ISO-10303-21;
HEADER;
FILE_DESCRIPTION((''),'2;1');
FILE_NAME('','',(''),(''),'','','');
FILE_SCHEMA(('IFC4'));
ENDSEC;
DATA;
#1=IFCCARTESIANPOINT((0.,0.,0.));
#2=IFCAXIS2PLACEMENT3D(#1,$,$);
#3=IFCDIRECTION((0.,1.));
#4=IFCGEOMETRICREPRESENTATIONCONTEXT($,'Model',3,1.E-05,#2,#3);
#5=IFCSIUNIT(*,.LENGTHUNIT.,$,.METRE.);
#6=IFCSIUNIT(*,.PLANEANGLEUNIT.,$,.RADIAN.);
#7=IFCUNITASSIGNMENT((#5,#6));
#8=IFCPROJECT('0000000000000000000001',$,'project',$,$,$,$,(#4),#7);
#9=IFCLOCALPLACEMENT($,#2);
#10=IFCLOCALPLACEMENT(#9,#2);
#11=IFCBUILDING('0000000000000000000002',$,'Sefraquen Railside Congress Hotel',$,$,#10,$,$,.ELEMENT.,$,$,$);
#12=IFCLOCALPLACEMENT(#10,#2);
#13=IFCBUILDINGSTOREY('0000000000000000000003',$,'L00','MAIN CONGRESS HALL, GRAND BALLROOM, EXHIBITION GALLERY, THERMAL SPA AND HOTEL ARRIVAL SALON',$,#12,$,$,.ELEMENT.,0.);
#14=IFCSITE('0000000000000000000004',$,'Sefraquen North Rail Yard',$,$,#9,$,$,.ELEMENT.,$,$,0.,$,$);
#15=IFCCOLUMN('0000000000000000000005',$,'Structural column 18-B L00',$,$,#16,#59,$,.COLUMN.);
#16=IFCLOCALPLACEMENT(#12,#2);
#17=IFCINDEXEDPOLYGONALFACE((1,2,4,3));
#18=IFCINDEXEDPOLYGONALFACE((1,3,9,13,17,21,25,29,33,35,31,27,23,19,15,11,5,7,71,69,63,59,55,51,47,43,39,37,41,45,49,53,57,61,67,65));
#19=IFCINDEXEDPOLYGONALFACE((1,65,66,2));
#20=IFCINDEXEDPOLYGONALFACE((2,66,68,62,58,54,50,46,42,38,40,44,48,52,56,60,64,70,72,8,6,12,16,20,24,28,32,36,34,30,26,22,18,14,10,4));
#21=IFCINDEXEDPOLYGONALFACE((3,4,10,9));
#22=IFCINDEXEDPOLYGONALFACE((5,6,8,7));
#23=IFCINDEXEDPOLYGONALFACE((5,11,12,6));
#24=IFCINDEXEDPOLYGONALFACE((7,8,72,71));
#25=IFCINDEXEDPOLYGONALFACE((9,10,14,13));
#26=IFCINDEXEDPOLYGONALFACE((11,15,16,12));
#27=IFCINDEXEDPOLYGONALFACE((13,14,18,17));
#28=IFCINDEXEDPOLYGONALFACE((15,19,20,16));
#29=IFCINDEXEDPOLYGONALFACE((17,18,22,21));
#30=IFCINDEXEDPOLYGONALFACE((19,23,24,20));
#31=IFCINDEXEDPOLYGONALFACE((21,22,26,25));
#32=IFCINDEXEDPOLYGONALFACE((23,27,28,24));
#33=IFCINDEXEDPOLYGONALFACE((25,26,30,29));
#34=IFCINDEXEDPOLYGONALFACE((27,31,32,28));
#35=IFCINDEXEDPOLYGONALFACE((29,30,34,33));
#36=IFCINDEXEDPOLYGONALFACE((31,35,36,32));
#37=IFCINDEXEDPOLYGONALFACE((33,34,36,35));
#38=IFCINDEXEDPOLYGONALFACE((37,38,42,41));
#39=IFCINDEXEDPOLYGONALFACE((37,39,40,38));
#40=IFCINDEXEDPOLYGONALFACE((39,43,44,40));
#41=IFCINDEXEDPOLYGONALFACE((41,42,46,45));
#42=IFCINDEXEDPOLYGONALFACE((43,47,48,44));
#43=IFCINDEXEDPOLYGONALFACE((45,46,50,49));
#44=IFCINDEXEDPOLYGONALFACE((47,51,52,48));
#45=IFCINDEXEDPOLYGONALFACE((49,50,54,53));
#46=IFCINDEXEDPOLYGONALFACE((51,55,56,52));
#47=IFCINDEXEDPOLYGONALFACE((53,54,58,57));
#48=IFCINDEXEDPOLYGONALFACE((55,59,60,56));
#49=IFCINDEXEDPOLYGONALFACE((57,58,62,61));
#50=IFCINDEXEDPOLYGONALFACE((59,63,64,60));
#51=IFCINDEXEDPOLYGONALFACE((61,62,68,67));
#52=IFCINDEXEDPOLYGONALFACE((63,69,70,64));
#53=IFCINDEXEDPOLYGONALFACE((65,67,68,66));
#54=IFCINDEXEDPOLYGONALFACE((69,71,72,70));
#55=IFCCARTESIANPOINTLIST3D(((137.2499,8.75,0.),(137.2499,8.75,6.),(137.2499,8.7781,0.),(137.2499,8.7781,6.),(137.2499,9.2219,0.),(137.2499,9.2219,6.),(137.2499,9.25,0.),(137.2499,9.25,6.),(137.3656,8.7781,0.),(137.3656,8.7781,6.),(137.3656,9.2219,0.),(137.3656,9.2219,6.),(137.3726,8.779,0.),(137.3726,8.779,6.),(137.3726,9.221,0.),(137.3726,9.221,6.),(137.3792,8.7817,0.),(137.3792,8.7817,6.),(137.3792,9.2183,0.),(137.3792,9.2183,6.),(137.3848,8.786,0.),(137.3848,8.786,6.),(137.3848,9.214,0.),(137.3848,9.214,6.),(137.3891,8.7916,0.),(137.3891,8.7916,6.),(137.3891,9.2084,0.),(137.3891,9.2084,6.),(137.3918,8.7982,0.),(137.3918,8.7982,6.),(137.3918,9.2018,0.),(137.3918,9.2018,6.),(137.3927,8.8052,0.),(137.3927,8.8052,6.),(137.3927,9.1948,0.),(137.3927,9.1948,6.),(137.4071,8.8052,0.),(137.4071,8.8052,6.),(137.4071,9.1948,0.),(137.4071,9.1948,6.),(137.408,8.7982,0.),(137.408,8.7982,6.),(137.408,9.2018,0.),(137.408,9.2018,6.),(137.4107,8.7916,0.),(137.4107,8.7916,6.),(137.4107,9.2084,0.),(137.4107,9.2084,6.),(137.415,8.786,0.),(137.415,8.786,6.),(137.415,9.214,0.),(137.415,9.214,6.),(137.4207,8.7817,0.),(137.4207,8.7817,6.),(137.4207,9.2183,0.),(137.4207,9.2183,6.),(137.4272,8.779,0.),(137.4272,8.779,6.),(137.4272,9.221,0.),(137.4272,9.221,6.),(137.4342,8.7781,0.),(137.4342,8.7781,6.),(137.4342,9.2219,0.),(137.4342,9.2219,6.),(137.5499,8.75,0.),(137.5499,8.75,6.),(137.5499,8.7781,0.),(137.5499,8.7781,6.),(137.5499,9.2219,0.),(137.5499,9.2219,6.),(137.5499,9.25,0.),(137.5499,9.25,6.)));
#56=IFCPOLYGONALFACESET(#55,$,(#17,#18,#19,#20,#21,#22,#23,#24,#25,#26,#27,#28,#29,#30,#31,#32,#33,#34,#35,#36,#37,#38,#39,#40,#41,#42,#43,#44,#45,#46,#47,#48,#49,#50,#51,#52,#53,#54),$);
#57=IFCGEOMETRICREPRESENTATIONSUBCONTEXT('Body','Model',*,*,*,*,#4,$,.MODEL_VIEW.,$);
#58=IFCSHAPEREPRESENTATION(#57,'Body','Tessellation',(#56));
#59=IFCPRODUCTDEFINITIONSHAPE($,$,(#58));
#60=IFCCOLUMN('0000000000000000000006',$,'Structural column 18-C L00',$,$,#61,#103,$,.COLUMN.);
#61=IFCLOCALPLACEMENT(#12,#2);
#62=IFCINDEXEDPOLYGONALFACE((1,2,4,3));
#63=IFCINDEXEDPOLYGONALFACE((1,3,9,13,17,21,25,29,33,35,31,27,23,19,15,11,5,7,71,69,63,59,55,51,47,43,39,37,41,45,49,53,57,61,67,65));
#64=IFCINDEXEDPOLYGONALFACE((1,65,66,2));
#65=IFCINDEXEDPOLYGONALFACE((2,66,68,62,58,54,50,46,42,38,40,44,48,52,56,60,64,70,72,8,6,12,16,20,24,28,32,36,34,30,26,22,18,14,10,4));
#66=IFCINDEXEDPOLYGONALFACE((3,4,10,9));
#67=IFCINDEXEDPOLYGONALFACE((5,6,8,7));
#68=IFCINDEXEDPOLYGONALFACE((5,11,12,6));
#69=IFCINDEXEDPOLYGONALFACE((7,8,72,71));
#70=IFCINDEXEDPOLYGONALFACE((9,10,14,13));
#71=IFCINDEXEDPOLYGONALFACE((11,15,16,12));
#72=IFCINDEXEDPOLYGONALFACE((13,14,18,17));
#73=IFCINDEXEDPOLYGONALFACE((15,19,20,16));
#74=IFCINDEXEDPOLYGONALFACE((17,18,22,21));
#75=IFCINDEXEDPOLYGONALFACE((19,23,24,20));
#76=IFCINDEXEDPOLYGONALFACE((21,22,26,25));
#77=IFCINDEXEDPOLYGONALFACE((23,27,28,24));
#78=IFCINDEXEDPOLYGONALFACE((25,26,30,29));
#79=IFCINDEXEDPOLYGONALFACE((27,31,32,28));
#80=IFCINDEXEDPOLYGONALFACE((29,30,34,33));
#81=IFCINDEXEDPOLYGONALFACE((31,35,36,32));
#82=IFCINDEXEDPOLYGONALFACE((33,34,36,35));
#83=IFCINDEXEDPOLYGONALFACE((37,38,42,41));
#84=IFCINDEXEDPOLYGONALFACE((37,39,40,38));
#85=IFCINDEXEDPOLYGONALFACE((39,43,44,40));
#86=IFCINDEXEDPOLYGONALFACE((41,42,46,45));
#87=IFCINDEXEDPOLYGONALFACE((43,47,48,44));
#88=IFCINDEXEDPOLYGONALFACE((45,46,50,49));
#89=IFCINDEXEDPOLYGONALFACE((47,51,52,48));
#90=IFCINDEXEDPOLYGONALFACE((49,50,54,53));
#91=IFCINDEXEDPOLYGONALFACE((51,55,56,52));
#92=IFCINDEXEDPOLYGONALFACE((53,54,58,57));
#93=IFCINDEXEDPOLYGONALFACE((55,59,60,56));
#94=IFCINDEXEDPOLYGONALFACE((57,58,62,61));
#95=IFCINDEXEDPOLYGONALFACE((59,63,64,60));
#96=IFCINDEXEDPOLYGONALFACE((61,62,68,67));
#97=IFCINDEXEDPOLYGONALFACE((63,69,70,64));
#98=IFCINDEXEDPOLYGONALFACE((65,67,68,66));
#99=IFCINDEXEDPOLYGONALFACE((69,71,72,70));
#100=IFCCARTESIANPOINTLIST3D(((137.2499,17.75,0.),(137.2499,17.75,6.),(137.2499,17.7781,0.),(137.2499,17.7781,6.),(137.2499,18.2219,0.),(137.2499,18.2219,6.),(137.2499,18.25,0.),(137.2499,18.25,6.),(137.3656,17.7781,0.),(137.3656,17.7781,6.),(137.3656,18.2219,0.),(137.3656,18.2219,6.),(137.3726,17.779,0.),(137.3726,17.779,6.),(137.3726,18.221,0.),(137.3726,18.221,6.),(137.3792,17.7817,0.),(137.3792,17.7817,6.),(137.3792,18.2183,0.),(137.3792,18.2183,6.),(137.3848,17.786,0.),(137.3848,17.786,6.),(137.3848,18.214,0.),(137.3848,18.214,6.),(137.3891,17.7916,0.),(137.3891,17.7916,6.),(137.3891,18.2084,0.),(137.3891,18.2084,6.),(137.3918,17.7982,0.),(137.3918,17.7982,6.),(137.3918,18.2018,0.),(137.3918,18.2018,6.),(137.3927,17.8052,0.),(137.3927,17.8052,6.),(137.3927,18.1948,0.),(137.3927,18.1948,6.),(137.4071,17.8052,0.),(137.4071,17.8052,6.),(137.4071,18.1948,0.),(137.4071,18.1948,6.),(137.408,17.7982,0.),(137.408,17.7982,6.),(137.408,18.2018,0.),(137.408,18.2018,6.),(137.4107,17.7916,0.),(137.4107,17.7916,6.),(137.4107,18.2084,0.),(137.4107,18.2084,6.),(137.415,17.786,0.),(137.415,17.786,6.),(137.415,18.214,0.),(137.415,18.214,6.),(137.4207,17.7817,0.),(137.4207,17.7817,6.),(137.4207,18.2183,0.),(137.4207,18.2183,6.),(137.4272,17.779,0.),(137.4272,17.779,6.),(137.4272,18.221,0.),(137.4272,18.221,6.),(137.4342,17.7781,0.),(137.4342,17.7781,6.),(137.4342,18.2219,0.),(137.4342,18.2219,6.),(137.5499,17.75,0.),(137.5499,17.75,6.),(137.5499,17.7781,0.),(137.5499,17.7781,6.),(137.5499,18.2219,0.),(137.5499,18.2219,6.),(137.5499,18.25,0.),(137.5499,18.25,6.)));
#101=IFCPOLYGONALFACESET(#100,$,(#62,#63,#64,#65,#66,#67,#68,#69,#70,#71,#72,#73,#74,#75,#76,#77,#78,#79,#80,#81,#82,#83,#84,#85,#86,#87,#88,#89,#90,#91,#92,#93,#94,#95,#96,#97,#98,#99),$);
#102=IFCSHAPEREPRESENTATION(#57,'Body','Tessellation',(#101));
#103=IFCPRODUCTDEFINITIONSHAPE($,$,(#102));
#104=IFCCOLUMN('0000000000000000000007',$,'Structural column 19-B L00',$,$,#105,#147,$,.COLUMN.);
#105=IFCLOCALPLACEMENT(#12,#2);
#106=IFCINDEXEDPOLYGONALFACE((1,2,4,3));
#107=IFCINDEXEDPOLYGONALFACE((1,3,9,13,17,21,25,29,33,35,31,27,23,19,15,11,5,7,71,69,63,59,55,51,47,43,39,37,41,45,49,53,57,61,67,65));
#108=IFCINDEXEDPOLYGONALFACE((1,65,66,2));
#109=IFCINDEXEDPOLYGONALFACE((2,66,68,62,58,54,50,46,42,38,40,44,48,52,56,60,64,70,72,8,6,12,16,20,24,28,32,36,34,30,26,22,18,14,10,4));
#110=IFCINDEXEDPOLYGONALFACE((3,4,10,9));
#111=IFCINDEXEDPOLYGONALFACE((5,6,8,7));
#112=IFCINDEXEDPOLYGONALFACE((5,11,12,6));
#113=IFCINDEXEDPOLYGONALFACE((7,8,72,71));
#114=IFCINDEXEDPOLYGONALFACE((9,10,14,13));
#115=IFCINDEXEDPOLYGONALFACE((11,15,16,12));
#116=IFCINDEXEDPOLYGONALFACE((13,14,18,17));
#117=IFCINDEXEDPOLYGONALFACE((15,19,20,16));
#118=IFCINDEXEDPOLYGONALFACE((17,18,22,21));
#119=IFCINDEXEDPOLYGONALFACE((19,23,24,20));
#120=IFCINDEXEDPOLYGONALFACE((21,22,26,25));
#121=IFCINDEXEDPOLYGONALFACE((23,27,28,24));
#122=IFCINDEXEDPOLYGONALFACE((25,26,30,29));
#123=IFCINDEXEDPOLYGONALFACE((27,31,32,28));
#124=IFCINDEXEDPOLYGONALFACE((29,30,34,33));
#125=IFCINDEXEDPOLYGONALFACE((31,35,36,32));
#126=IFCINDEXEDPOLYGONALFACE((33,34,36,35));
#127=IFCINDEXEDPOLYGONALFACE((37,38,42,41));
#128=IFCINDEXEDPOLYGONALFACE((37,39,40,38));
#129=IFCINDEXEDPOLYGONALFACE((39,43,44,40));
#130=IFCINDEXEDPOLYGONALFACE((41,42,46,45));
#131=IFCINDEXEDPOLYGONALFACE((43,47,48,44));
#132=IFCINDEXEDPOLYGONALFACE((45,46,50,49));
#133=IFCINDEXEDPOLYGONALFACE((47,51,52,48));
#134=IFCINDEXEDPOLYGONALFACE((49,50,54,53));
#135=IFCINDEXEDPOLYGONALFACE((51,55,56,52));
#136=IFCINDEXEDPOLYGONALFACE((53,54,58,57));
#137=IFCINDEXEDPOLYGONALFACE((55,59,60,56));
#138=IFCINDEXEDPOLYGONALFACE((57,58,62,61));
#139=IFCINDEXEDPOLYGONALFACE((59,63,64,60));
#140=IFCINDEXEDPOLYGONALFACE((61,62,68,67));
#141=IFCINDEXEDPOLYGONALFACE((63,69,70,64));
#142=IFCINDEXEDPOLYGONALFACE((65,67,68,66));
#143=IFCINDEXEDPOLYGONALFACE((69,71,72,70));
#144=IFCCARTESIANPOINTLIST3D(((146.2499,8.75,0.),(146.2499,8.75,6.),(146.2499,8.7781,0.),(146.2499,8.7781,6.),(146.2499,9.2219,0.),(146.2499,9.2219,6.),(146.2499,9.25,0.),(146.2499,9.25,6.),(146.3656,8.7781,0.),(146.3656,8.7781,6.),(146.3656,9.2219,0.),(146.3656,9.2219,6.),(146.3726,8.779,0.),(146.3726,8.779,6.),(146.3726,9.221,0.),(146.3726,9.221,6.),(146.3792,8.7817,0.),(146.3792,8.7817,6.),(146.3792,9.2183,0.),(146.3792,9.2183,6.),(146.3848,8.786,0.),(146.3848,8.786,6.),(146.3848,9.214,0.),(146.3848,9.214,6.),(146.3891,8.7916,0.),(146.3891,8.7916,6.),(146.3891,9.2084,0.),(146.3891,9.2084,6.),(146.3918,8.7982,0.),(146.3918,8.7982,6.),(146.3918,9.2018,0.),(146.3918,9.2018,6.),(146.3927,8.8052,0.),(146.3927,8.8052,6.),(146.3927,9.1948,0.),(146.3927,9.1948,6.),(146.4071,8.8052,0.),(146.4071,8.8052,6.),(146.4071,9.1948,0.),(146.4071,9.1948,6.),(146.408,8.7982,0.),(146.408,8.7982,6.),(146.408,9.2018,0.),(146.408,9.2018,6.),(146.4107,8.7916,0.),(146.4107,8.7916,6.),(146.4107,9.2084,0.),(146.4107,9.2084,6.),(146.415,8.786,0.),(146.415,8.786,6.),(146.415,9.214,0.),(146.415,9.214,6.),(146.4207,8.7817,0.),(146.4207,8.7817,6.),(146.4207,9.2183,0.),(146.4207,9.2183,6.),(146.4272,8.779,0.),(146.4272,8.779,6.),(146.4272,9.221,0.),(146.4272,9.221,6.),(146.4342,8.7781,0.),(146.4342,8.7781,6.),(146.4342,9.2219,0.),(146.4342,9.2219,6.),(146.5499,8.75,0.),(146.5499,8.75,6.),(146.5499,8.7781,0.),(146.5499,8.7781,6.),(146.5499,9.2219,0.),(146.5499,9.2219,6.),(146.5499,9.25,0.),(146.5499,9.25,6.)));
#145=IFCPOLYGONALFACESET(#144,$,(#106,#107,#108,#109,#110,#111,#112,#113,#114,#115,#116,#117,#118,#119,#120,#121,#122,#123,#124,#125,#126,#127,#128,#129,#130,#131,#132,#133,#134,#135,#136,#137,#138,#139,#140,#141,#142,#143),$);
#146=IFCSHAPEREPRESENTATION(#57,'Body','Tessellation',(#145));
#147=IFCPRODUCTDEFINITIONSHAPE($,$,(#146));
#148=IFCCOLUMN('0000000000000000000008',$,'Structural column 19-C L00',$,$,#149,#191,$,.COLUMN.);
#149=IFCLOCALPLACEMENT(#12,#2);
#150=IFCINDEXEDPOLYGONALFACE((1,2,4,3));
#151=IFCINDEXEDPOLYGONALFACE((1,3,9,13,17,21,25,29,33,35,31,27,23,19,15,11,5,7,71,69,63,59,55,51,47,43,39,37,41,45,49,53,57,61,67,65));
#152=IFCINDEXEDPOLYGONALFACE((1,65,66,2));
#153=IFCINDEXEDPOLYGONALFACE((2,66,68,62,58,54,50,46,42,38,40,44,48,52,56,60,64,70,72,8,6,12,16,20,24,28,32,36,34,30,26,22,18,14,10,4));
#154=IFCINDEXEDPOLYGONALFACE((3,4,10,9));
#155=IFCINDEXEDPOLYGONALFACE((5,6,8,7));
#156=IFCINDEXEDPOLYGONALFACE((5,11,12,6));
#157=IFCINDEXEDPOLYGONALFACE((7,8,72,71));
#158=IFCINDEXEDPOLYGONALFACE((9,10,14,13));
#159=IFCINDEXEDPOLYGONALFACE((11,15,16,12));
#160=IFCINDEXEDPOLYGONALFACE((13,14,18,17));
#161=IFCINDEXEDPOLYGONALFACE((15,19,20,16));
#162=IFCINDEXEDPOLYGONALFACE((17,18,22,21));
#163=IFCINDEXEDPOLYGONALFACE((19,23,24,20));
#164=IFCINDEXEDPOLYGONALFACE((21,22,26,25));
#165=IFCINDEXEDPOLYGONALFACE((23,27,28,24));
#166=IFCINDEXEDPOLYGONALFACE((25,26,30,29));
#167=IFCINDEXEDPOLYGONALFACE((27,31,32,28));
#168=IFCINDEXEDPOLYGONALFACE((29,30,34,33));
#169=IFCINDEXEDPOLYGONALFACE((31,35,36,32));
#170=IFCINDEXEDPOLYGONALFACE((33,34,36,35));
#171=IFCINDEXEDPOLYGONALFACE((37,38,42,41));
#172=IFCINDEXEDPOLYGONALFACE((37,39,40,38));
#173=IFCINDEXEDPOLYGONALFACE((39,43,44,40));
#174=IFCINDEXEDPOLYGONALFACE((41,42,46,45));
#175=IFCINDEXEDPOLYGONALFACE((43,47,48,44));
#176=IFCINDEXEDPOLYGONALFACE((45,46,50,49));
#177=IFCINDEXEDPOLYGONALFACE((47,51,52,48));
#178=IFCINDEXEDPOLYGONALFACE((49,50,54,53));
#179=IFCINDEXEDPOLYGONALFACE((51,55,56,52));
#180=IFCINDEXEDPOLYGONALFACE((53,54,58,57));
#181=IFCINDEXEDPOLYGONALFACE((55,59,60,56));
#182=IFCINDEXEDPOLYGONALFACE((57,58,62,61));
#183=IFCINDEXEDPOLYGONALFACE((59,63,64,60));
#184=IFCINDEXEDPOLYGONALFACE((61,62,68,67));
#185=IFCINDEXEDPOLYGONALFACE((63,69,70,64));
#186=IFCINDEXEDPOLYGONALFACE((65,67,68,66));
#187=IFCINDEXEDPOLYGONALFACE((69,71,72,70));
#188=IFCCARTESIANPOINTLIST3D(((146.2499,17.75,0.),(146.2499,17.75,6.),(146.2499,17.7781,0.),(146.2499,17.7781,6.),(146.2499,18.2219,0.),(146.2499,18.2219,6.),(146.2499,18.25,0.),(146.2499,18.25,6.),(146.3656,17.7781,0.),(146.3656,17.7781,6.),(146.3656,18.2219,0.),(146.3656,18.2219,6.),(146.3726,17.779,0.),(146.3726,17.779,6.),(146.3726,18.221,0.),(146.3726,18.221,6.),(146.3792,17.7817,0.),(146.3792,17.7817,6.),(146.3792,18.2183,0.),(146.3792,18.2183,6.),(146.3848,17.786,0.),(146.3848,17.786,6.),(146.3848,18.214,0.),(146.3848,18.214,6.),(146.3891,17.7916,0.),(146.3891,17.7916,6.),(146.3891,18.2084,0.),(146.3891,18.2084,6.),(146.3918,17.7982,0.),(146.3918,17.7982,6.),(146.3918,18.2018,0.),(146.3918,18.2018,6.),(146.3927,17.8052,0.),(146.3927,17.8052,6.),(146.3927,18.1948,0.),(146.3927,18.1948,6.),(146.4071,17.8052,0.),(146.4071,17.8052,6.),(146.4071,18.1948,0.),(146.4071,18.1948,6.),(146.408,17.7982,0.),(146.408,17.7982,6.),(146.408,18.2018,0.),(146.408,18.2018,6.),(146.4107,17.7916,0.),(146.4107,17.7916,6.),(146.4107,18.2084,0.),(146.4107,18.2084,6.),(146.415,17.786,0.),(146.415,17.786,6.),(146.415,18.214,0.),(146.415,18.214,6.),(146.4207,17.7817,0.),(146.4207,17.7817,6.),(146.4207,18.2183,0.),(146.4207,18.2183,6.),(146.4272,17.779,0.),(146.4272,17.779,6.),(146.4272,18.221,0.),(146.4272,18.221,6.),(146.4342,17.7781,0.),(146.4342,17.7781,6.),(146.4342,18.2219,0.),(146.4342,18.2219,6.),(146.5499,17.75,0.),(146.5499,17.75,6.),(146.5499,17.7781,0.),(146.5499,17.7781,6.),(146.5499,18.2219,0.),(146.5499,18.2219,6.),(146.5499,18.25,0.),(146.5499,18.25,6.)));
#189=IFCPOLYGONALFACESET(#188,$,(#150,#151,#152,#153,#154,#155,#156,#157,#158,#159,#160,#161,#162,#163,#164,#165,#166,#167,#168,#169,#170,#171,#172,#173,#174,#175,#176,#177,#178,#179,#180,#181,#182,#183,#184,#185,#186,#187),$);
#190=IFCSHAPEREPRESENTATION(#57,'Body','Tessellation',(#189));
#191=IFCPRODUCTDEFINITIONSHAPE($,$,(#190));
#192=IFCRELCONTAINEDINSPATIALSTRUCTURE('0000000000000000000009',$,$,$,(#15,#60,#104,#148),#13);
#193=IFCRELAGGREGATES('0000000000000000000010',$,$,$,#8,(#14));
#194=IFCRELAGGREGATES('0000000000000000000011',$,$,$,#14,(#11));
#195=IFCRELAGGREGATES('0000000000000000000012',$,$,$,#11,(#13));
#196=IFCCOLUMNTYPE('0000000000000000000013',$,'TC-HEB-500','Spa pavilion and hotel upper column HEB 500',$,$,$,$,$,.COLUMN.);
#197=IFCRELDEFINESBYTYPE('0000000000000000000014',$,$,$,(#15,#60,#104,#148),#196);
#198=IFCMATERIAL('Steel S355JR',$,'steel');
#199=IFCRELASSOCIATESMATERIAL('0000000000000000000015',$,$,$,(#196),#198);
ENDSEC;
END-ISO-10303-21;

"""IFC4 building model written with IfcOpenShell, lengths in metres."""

from ifc_helpers import new_model, si_unit, direction, frame, origin, origin_2d, place, context, subcontext, project, spatial, i_section, extrude, material, material_profile, profile_set, type_object, element, save


model = new_model("IFC4")

# Units and contexts
model_context = context("Model", 3, precision=1e-05, world=origin(), true_north=direction((0.0, 1.0)))
body_context = subcontext(model_context, "Body", "Model", "MODEL_VIEW")
ifc_project = project(units=[si_unit("LENGTHUNIT", "METRE"), si_unit("PLANEANGLEUNIT", "RADIAN")], contexts=[model_context])

# Site, building, storey
site_placement = place(None, origin())
site = spatial("IfcSite", under=ifc_project, at=site_placement, Name="Sefraquen North Rail Yard", CompositionType="ELEMENT", RefElevation=0.0)
building_placement = place(site_placement, origin())
building = spatial("IfcBuilding", under=site, at=building_placement, Name="Sefraquen Railside Congress Hotel", CompositionType="ELEMENT")
storey_placement = place(building_placement, origin())
storey = spatial("IfcBuildingStorey", under=building, at=storey_placement, Name="L00", Description="MAIN CONGRESS HALL, GRAND BALLROOM, EXHIBITION GALLERY, THERMAL SPA AND HOTEL ARRIVAL SALON", CompositionType="ELEMENT", Elevation=0.0)

# Columns
ifc_material_1 = material(Name="Steel S355JR", Category="steel")
ifc_material_profile_1 = material_profile(ifc_material_1, i_section(OverallWidth=0.3, OverallDepth=0.5, WebThickness=0.0144, FlangeThickness=0.0281, FilletRadius=0.0271, at=origin_2d()), Name="HEB 500")
ifc_profile_set_1 = profile_set([ifc_material_profile_1], Name="Steel S355JR")
column_type = type_object("IfcColumnType", Name="TC-HEB-500", Description="Spa pavilion and hotel upper column HEB 500", PredefinedType="COLUMN", material=ifc_profile_set_1)
for number, where, z_axis, x_axis, name in (
    (1, (137.3999, 9.0, 0.0), (0.0, 0.0, 1.0), (1.0, 0.0, 0.0), "Structural column 18-B L00"),
    (2, (137.3999, 18.0, 0.0), (0.0, 0.0, 1.0), (1.0, 0.0, 0.0), "Structural column 18-C L00"),
    (3, (146.3999, 9.0, 0.0), (0.0, 0.0, 1.0), (1.0, 0.0, 0.0), "Structural column 19-B L00"),
    (4, (146.3999, 18.0, 0.0), (0.0, 0.0, 1.0), (1.0, 0.0, 0.0), "Structural column 19-C L00"),
):
    element("IfcColumn", number, at=place(storey_placement, frame(where, z_axis=z_axis, x_axis=x_axis)), inside=storey, type_object=column_type, Name=name, PredefinedType="COLUMN", context=body_context, shape_type="SweptSolid", body=[
        extrude(i_section(OverallWidth=0.3, OverallDepth=0.5, WebThickness=0.0144, FlangeThickness=0.0281, FilletRadius=0.0271, at=origin_2d()), origin(), (0.0, 0.0, 1.0), 6.0),
    ])

save(model, "model.ifc")
